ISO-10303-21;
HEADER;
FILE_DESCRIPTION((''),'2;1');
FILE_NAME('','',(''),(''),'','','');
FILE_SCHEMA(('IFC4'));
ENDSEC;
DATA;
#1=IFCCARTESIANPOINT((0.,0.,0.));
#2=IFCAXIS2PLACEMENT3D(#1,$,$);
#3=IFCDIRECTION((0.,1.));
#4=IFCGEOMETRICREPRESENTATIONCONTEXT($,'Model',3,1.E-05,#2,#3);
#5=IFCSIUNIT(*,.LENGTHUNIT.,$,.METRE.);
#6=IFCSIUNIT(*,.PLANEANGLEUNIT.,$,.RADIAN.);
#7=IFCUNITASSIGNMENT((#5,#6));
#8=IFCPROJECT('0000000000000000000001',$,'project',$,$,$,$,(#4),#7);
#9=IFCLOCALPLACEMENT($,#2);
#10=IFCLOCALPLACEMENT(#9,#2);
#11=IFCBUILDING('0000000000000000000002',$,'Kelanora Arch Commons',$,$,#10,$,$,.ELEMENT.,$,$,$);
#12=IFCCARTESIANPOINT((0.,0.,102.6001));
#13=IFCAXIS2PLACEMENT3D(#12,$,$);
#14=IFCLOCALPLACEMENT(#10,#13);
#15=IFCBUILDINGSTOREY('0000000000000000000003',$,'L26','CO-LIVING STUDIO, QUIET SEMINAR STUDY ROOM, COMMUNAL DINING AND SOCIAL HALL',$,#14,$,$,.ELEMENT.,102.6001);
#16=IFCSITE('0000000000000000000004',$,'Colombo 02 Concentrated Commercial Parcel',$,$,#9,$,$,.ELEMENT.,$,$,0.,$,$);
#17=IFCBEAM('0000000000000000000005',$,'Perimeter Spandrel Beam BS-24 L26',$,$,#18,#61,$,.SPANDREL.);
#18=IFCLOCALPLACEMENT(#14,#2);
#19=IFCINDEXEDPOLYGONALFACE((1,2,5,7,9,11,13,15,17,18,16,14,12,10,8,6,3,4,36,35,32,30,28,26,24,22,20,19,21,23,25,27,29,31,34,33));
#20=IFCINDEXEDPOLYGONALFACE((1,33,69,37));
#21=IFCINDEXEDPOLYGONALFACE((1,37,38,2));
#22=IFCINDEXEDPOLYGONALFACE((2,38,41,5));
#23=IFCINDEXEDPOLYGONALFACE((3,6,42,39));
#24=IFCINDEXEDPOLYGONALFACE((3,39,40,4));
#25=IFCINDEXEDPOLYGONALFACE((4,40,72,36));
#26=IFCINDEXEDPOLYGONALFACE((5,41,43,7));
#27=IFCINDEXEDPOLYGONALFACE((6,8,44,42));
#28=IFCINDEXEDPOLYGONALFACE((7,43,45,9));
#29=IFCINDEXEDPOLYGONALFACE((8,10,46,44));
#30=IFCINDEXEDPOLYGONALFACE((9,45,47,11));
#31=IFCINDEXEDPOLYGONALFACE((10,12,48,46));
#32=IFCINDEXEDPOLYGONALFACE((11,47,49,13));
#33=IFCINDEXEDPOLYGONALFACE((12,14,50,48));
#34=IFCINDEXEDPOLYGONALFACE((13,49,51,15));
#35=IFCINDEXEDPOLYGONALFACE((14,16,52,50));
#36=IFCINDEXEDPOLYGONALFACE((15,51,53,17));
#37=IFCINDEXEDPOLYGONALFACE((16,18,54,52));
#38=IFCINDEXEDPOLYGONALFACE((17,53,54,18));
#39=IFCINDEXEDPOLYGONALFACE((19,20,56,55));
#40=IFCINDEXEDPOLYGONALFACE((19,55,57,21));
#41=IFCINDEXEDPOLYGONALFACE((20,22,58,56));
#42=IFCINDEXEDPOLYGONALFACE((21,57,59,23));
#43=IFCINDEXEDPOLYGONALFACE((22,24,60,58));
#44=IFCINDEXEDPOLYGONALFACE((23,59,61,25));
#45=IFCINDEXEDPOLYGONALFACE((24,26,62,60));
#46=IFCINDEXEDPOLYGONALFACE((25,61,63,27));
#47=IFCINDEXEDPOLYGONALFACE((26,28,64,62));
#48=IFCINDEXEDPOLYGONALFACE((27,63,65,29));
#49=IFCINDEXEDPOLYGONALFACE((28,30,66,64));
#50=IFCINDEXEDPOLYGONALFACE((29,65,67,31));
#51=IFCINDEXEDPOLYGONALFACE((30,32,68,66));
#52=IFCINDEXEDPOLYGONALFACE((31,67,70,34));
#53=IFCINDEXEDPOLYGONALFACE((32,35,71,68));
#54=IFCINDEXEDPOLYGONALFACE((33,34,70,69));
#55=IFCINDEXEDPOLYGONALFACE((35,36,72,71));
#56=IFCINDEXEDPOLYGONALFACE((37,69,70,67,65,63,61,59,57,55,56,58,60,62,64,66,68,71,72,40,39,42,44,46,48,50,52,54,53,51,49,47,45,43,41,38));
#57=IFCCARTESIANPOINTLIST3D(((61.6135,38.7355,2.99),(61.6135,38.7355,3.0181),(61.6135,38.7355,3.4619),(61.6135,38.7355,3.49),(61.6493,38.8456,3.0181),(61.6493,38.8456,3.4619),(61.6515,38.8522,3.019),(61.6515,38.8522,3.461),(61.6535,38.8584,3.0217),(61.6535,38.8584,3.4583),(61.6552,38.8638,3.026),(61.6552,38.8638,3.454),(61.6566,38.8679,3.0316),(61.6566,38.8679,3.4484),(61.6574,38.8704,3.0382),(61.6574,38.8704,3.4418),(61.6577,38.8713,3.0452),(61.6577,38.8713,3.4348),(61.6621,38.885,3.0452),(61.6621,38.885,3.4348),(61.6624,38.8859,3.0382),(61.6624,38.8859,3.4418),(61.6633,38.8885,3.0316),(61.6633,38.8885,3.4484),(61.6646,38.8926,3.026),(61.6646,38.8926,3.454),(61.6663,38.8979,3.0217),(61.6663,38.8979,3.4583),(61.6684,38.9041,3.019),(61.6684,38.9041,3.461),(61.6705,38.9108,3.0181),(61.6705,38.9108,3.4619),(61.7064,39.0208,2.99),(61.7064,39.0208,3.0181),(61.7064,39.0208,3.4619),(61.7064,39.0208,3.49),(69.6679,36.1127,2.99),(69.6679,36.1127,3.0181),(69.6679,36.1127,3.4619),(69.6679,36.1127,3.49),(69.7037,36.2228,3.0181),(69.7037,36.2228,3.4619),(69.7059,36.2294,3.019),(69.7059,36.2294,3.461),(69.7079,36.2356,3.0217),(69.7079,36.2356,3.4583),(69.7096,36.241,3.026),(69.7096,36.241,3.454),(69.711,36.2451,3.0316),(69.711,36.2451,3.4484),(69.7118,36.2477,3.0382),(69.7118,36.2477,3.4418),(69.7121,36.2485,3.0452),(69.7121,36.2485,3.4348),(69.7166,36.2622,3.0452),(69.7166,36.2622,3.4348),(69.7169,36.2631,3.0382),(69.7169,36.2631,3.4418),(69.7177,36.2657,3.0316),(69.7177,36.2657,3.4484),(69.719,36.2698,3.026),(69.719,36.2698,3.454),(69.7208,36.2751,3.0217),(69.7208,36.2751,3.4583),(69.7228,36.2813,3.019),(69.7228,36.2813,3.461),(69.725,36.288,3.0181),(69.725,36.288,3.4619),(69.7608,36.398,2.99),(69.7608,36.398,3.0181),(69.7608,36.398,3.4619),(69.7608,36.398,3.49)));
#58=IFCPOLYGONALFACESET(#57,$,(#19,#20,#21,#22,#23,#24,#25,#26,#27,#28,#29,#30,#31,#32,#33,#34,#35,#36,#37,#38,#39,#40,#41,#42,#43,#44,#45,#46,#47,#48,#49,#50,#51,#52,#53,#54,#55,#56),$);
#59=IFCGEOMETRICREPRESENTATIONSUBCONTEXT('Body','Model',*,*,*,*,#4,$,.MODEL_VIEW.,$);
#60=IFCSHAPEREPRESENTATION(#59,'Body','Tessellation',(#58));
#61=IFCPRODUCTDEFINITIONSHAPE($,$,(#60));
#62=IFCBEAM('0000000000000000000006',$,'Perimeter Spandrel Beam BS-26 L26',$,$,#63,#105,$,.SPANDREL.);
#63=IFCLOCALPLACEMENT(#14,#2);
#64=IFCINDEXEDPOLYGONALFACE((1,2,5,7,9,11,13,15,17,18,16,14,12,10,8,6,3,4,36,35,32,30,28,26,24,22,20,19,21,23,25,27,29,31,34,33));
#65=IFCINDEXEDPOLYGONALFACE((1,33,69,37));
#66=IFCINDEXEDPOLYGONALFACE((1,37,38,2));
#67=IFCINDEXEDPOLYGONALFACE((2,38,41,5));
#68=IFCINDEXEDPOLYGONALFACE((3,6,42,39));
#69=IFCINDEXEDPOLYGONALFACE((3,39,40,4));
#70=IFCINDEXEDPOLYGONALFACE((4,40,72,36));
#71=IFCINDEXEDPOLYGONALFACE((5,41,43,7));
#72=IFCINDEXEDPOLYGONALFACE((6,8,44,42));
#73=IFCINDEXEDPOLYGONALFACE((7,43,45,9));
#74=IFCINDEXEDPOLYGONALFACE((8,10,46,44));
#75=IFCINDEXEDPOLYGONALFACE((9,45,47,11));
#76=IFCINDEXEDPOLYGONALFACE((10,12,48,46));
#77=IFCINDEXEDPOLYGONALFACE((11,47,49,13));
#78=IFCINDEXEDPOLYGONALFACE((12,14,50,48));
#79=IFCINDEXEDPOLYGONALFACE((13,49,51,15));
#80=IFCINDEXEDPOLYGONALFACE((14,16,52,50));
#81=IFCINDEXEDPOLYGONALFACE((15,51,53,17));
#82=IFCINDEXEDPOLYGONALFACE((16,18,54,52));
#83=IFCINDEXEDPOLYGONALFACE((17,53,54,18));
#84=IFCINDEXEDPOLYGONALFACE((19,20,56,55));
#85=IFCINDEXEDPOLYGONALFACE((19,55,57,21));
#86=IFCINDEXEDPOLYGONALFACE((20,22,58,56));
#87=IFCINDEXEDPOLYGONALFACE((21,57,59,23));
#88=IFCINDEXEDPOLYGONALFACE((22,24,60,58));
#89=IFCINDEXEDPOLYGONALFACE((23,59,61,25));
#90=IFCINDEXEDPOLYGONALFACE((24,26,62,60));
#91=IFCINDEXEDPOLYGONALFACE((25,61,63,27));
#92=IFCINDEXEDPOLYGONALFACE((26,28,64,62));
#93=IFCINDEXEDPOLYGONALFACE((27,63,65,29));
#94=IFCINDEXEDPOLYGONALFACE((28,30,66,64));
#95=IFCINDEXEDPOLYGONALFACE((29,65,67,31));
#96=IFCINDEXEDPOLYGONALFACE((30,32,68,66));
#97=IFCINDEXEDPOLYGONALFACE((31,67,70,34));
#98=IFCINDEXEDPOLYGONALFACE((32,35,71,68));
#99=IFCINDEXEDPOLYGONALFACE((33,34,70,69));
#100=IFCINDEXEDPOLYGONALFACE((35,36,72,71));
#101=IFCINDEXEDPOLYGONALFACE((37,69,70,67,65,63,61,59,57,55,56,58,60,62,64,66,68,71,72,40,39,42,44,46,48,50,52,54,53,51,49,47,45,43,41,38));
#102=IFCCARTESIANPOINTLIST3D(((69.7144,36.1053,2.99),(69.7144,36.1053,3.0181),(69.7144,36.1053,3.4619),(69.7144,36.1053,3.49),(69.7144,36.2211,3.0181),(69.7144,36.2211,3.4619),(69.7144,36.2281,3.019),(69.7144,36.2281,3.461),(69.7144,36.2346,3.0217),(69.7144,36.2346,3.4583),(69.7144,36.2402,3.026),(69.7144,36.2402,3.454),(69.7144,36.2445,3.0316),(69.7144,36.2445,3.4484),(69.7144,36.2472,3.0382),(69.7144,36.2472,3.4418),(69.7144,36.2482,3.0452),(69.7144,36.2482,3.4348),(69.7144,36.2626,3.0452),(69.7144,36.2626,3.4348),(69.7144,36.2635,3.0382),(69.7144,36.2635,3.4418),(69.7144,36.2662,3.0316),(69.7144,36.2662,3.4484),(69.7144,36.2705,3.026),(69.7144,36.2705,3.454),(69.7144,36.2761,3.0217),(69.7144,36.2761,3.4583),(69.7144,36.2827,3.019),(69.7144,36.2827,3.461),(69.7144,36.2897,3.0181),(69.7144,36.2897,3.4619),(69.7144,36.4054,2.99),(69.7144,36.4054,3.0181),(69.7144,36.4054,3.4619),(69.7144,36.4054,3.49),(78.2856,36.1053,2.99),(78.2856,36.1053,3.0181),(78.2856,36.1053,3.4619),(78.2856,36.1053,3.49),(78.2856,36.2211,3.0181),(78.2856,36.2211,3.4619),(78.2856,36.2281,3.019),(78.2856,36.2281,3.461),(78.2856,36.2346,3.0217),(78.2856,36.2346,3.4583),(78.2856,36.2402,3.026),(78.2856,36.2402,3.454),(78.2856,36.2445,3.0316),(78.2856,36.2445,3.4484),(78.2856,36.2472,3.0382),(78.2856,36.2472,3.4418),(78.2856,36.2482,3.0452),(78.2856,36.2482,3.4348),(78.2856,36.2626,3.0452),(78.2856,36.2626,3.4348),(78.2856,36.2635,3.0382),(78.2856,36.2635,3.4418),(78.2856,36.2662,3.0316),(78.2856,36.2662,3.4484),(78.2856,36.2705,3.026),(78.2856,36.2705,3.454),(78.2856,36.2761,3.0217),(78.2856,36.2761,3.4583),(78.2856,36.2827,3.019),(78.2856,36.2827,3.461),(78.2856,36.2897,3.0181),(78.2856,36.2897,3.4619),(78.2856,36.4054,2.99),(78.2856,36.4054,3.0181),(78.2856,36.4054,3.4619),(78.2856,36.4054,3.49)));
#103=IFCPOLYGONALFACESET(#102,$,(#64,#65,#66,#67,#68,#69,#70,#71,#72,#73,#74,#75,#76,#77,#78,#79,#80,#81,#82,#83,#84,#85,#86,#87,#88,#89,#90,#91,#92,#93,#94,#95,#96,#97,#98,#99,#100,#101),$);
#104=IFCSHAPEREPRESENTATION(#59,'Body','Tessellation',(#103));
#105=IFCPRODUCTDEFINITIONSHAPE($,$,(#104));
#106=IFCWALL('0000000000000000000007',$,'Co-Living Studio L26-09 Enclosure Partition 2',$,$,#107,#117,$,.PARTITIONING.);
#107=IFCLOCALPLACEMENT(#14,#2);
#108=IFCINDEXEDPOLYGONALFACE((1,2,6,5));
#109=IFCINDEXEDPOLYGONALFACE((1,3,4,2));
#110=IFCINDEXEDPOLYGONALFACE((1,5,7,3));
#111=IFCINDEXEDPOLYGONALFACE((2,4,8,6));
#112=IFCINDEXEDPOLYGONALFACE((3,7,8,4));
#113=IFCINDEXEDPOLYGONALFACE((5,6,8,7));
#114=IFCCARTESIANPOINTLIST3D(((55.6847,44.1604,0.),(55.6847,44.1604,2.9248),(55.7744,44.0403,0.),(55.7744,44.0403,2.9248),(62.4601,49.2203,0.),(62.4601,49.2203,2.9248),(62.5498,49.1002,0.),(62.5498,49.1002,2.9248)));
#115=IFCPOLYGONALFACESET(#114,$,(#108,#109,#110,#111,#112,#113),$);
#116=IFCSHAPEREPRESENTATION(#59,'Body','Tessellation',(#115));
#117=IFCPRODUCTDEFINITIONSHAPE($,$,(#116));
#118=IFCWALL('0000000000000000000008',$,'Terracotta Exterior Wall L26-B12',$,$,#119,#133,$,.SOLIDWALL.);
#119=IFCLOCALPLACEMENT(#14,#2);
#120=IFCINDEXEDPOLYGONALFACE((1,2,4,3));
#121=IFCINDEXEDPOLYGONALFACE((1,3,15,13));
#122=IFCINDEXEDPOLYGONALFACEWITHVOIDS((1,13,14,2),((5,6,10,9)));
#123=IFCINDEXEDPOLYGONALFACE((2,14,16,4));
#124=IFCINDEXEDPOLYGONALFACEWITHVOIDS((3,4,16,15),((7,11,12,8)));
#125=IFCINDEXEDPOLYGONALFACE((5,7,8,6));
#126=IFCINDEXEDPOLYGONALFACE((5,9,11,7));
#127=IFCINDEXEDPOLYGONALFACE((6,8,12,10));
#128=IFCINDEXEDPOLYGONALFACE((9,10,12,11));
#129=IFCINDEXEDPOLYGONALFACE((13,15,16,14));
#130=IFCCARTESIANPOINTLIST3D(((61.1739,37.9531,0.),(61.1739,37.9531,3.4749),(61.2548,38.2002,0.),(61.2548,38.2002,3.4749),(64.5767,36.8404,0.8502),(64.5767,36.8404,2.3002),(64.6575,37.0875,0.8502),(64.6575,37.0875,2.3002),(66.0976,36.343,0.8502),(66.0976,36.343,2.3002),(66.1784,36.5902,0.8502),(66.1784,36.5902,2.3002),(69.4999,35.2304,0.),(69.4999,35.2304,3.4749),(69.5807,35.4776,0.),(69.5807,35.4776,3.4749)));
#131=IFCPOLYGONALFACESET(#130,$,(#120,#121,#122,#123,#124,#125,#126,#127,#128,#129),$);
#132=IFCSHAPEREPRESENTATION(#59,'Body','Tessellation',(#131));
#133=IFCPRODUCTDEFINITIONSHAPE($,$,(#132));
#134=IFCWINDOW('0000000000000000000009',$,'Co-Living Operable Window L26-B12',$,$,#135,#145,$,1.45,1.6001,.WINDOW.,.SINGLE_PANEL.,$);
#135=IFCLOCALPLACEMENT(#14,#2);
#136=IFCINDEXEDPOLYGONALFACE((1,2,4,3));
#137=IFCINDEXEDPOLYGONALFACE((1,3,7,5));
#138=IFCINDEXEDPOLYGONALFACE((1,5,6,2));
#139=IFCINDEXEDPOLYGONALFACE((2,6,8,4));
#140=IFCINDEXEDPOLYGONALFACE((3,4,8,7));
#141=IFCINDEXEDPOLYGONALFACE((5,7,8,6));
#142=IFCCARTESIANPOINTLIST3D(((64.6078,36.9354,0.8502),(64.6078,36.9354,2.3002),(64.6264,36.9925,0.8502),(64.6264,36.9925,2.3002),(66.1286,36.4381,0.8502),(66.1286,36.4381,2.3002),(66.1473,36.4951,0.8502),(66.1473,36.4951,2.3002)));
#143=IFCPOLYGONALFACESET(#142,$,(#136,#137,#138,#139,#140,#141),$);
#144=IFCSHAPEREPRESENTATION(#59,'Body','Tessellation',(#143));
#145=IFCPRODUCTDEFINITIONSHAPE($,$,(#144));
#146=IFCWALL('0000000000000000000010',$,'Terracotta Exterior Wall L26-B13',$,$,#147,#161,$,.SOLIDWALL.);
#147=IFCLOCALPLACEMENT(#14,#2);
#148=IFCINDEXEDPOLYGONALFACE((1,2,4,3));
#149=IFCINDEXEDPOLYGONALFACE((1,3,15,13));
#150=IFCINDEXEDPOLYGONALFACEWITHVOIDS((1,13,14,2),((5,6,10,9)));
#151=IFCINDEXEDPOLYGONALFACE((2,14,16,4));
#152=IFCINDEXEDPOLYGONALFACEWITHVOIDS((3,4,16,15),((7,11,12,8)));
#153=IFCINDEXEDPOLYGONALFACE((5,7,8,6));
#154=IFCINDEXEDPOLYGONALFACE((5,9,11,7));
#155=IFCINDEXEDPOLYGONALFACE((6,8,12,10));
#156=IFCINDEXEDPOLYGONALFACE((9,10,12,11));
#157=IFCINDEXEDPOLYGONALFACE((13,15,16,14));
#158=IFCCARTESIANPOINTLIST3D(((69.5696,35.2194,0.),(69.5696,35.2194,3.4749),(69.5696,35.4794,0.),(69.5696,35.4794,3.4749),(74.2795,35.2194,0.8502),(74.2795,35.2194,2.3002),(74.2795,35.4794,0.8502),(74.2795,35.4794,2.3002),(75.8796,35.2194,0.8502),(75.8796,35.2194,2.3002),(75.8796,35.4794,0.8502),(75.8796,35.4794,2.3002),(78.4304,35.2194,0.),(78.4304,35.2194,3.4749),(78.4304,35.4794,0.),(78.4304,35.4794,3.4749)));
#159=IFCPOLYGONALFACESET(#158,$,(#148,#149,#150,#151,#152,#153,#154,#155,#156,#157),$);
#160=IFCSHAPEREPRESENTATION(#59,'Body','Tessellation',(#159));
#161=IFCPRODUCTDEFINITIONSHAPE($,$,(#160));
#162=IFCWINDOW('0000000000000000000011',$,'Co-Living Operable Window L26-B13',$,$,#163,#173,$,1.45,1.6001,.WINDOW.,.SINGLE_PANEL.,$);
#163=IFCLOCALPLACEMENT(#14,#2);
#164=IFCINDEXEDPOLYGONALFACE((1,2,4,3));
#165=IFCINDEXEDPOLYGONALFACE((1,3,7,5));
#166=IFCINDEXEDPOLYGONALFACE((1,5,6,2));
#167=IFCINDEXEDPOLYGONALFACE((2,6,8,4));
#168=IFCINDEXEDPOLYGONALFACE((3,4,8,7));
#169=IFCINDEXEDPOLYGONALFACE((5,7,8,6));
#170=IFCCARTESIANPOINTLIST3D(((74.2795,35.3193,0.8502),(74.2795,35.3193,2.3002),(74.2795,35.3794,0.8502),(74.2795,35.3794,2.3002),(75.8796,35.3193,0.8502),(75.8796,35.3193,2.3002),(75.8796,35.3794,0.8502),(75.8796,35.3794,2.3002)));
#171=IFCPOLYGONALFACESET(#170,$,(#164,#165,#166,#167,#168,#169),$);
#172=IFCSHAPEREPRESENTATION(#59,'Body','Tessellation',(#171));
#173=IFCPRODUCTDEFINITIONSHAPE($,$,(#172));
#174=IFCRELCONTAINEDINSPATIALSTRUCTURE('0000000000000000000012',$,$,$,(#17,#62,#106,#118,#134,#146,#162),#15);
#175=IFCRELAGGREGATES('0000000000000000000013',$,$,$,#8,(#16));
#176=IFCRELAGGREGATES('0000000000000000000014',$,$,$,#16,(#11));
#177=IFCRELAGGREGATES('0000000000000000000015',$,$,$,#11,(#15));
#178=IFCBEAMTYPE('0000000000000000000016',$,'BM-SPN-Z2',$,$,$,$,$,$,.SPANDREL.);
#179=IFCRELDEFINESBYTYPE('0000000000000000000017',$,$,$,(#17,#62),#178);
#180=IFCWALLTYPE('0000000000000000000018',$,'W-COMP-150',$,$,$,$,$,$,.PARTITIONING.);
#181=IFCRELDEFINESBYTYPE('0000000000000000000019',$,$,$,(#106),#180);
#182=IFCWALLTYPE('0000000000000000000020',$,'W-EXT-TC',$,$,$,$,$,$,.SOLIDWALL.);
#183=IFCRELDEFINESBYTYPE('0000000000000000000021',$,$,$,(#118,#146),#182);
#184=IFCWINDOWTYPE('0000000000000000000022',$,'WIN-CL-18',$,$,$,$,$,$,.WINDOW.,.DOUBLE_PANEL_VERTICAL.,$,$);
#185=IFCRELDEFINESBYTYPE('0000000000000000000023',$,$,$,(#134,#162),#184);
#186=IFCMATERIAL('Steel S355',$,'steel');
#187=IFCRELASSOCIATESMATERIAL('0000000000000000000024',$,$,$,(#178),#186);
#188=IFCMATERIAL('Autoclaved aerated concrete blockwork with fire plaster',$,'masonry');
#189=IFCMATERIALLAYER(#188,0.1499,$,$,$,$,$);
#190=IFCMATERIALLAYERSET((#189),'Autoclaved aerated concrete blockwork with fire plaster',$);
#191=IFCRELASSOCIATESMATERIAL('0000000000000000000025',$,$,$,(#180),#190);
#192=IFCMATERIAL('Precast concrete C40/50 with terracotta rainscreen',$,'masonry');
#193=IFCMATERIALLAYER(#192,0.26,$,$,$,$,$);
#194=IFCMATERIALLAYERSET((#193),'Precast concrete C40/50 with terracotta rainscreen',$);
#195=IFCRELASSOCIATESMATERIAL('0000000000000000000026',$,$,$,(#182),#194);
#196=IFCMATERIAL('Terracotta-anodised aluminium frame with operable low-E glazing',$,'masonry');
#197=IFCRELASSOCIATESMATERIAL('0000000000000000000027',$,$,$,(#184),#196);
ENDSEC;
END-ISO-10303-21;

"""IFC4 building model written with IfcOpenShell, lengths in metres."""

from ifc_helpers import new_model, si_unit, direction, frame, frame_2d, origin, origin_2d, place, context, subcontext, project, spatial, rectangle, i_section, extrude, material, layer, layer_set, material_profile, profile_set, type_object, element, fill, save


model = new_model("IFC4")

# Units and contexts
model_context = context("Model", 3, precision=1e-05, world=origin(), true_north=direction((0.0, 1.0)))
body_context = subcontext(model_context, "Body", "Model", "MODEL_VIEW")
ifc_project = project(units=[si_unit("LENGTHUNIT", "METRE"), si_unit("PLANEANGLEUNIT", "RADIAN")], contexts=[model_context])

# Site, building, storey
site_placement = place(None, origin())
site = spatial("IfcSite", under=ifc_project, at=site_placement, Name="Colombo 02 Concentrated Commercial Parcel", CompositionType="ELEMENT", RefElevation=0.0)
building_placement = place(site_placement, origin())
building = spatial("IfcBuilding", under=site, at=building_placement, Name="Kelanora Arch Commons", CompositionType="ELEMENT")
storey_placement = place(building_placement, frame((0.0, 0.0, 102.6001)))
storey = spatial("IfcBuildingStorey", under=building, at=storey_placement, Name="L26", Description="CO-LIVING STUDIO, QUIET SEMINAR STUDY ROOM, COMMUNAL DINING AND SOCIAL HALL", CompositionType="ELEMENT", Elevation=102.6001)

# Beams
ifc_material_1 = material(Name="Steel S355", Category="steel")
ifc_material_profile_1 = material_profile(ifc_material_1, i_section(OverallWidth=0.3, OverallDepth=0.5, WebThickness=0.0144, FlangeThickness=0.0281, FilletRadius=0.0271, at=origin_2d()), Name="HEB500")
ifc_profile_set_1 = profile_set([ifc_material_profile_1], Name="Steel S355")
beam_type_1 = type_object("IfcBeamType", Name="BM-SPN-Z2", PredefinedType="SPANDREL", material=ifc_profile_set_1)
beam_1_placement = place(storey_placement, frame((61.6599, 38.8782, 3.24), z_axis=(0.950857, -0.309631, 0.0), x_axis=(0.309631, 0.950857, 0.0)))
element("IfcBeam", 1, at=beam_1_placement, inside=storey, type_object=beam_type_1, Name="Perimeter Spandrel Beam BS-24 L26", PredefinedType="SPANDREL", context=body_context, shape_type="SweptSolid", body=[
    extrude(i_section(OverallWidth=0.3, OverallDepth=0.5, WebThickness=0.0144, FlangeThickness=0.0281, FilletRadius=0.0271, at=origin_2d()), origin(), (0.0, 0.0, 1.0), 8.4707),
])
beam_2_placement = place(storey_placement, frame((69.7144, 36.2554, 3.24), z_axis=(1.0, 0.0, 0.0), x_axis=(0.0, 1.0, 0.0)))
element("IfcBeam", 2, at=beam_2_placement, inside=storey, type_object=beam_type_1, Name="Perimeter Spandrel Beam BS-26 L26", PredefinedType="SPANDREL", context=body_context, shape_type="SweptSolid", body=[
    extrude(i_section(OverallWidth=0.3, OverallDepth=0.5, WebThickness=0.0144, FlangeThickness=0.0281, FilletRadius=0.0271, at=origin_2d()), origin(), (0.0, 0.0, 1.0), 8.5713),
])

# Wall
ifc_material_2 = material(Name="Autoclaved aerated concrete blockwork with fire plaster", Category="masonry")
ifc_layer_1 = layer(ifc_material_2, 0.1499)
ifc_layer_set_1 = layer_set([ifc_layer_1], Name="Autoclaved aerated concrete blockwork with fire plaster")
wall_type_1 = type_object("IfcWallType", Name="W-COMP-150", PredefinedType="PARTITIONING", material=ifc_layer_set_1)
wall_1_placement = place(storey_placement, frame((62.5049, 49.1602, 0.0), z_axis=(0.0, 0.0, 1.0), x_axis=(-0.801232, -0.598354, 0.0)))
element("IfcWall", 3, at=wall_1_placement, inside=storey, type_object=wall_type_1, Name="Co-Living Studio L26-09 Enclosure Partition 2", PredefinedType="PARTITIONING", context=body_context, shape_type="SweptSolid", body=[
    extrude(rectangle(XDim=8.4563, YDim=0.1499, at=frame_2d((4.228, 0.0))), origin(), (0.0, 0.0, 1.0), 2.9248),
])

# Walls, openings, windows
ifc_material_3 = material(Name="Precast concrete C40/50 with terracotta rainscreen", Category="masonry")
ifc_layer_2 = layer(ifc_material_3, 0.26)
ifc_layer_set_2 = layer_set([ifc_layer_2], Name="Precast concrete C40/50 with terracotta rainscreen")
wall_type_2 = type_object("IfcWallType", Name="W-EXT-TC", PredefinedType="SOLIDWALL", material=ifc_layer_set_2)
wall_2_placement = place(storey_placement, frame((61.2144, 38.0767, 0.0), z_axis=(0.0, 0.0, 1.0), x_axis=(0.950471, -0.310813, 0.0)))
wall_2 = element("IfcWall", 4, at=wall_2_placement, inside=storey, type_object=wall_type_2, Name="Terracotta Exterior Wall L26-B12", PredefinedType="SOLIDWALL", context=body_context, shape_type="SweptSolid", body=[
    extrude(rectangle(XDim=8.7598, YDim=0.26, at=frame_2d((4.3799, 0.0))), origin(), (0.0, 0.0, 1.0), 3.4749),
])
opening_1_placement = place(wall_2_placement, frame((3.5801, 0.0, 0.8501)))
opening_1 = element("IfcOpeningElement", 5, at=opening_1_placement, cuts=wall_2, PredefinedType="OPENING", context=body_context, shape_type="SweptSolid", body=[
    extrude(rectangle(XDim=1.6001, YDim=1.45, at=frame_2d((0.8, 0.7251))), frame((0.0, 0.1401, 0.0), z_axis=(0.0, -1.0, 0.0), x_axis=(1.0, 0.0, 0.0)), (0.0, 0.0, 1.0), 0.28),
])
ifc_material_4 = material(Name="Terracotta-anodised aluminium frame with operable low-E glazing", Category="masonry")
window_type = type_object("IfcWindowType", Name="WIN-CL-18", PartitioningType="DOUBLE_PANEL_VERTICAL", PredefinedType="WINDOW", material=ifc_material_4)
window_1_placement = place(opening_1_placement, origin())
window_1 = element("IfcWindow", 6, at=window_1_placement, inside=storey, type_object=window_type, Name="Co-Living Operable Window L26-B12", OverallHeight=1.45, OverallWidth=1.6001, PartitioningType="SINGLE_PANEL", PredefinedType="WINDOW", context=body_context, shape_type="SweptSolid", body=[
    extrude(rectangle(XDim=1.6001, YDim=1.45, at=frame_2d((0.8, 0.7251))), frame((0.0, 0.03, 0.0), z_axis=(0.0, -1.0, 0.0), x_axis=(1.0, 0.0, 0.0)), (0.0, 0.0, 1.0), 0.0601),
])
fill(opening_1, window_1)
wall_3_placement = place(storey_placement, frame((69.5696, 35.3494, 0.0), z_axis=(0.0, 0.0, 1.0), x_axis=(1.0, 0.0, 0.0)))
wall_3 = element("IfcWall", 7, at=wall_3_placement, inside=storey, type_object=wall_type_2, Name="Terracotta Exterior Wall L26-B13", PredefinedType="SOLIDWALL", context=body_context, shape_type="SweptSolid", body=[
    extrude(rectangle(XDim=8.8608, YDim=0.26, at=frame_2d((4.4304, 0.0))), origin(), (0.0, 0.0, 1.0), 3.4749),
])
opening_2_placement = place(wall_3_placement, frame((4.71, 0.0, 0.8501)))
opening_2 = element("IfcOpeningElement", 8, at=opening_2_placement, cuts=wall_3, PredefinedType="OPENING", context=body_context, shape_type="SweptSolid", body=[
    extrude(rectangle(XDim=1.6001, YDim=1.45, at=frame_2d((0.8, 0.7251))), frame((0.0, 0.1401, 0.0), z_axis=(0.0, -1.0, 0.0), x_axis=(1.0, 0.0, 0.0)), (0.0, 0.0, 1.0), 0.28),
])
window_2_placement = place(opening_2_placement, origin())
window_2 = element("IfcWindow", 9, at=window_2_placement, inside=storey, type_object=window_type, Name="Co-Living Operable Window L26-B13", OverallHeight=1.45, OverallWidth=1.6001, PartitioningType="SINGLE_PANEL", PredefinedType="WINDOW", context=body_context, shape_type="SweptSolid", body=[
    extrude(rectangle(XDim=1.6001, YDim=1.45, at=frame_2d((0.8, 0.7251))), frame((0.0, 0.03, 0.0), z_axis=(0.0, -1.0, 0.0), x_axis=(1.0, 0.0, 0.0)), (0.0, 0.0, 1.0), 0.0601),
])
fill(opening_2, window_2)

save(model, "model.ifc")
